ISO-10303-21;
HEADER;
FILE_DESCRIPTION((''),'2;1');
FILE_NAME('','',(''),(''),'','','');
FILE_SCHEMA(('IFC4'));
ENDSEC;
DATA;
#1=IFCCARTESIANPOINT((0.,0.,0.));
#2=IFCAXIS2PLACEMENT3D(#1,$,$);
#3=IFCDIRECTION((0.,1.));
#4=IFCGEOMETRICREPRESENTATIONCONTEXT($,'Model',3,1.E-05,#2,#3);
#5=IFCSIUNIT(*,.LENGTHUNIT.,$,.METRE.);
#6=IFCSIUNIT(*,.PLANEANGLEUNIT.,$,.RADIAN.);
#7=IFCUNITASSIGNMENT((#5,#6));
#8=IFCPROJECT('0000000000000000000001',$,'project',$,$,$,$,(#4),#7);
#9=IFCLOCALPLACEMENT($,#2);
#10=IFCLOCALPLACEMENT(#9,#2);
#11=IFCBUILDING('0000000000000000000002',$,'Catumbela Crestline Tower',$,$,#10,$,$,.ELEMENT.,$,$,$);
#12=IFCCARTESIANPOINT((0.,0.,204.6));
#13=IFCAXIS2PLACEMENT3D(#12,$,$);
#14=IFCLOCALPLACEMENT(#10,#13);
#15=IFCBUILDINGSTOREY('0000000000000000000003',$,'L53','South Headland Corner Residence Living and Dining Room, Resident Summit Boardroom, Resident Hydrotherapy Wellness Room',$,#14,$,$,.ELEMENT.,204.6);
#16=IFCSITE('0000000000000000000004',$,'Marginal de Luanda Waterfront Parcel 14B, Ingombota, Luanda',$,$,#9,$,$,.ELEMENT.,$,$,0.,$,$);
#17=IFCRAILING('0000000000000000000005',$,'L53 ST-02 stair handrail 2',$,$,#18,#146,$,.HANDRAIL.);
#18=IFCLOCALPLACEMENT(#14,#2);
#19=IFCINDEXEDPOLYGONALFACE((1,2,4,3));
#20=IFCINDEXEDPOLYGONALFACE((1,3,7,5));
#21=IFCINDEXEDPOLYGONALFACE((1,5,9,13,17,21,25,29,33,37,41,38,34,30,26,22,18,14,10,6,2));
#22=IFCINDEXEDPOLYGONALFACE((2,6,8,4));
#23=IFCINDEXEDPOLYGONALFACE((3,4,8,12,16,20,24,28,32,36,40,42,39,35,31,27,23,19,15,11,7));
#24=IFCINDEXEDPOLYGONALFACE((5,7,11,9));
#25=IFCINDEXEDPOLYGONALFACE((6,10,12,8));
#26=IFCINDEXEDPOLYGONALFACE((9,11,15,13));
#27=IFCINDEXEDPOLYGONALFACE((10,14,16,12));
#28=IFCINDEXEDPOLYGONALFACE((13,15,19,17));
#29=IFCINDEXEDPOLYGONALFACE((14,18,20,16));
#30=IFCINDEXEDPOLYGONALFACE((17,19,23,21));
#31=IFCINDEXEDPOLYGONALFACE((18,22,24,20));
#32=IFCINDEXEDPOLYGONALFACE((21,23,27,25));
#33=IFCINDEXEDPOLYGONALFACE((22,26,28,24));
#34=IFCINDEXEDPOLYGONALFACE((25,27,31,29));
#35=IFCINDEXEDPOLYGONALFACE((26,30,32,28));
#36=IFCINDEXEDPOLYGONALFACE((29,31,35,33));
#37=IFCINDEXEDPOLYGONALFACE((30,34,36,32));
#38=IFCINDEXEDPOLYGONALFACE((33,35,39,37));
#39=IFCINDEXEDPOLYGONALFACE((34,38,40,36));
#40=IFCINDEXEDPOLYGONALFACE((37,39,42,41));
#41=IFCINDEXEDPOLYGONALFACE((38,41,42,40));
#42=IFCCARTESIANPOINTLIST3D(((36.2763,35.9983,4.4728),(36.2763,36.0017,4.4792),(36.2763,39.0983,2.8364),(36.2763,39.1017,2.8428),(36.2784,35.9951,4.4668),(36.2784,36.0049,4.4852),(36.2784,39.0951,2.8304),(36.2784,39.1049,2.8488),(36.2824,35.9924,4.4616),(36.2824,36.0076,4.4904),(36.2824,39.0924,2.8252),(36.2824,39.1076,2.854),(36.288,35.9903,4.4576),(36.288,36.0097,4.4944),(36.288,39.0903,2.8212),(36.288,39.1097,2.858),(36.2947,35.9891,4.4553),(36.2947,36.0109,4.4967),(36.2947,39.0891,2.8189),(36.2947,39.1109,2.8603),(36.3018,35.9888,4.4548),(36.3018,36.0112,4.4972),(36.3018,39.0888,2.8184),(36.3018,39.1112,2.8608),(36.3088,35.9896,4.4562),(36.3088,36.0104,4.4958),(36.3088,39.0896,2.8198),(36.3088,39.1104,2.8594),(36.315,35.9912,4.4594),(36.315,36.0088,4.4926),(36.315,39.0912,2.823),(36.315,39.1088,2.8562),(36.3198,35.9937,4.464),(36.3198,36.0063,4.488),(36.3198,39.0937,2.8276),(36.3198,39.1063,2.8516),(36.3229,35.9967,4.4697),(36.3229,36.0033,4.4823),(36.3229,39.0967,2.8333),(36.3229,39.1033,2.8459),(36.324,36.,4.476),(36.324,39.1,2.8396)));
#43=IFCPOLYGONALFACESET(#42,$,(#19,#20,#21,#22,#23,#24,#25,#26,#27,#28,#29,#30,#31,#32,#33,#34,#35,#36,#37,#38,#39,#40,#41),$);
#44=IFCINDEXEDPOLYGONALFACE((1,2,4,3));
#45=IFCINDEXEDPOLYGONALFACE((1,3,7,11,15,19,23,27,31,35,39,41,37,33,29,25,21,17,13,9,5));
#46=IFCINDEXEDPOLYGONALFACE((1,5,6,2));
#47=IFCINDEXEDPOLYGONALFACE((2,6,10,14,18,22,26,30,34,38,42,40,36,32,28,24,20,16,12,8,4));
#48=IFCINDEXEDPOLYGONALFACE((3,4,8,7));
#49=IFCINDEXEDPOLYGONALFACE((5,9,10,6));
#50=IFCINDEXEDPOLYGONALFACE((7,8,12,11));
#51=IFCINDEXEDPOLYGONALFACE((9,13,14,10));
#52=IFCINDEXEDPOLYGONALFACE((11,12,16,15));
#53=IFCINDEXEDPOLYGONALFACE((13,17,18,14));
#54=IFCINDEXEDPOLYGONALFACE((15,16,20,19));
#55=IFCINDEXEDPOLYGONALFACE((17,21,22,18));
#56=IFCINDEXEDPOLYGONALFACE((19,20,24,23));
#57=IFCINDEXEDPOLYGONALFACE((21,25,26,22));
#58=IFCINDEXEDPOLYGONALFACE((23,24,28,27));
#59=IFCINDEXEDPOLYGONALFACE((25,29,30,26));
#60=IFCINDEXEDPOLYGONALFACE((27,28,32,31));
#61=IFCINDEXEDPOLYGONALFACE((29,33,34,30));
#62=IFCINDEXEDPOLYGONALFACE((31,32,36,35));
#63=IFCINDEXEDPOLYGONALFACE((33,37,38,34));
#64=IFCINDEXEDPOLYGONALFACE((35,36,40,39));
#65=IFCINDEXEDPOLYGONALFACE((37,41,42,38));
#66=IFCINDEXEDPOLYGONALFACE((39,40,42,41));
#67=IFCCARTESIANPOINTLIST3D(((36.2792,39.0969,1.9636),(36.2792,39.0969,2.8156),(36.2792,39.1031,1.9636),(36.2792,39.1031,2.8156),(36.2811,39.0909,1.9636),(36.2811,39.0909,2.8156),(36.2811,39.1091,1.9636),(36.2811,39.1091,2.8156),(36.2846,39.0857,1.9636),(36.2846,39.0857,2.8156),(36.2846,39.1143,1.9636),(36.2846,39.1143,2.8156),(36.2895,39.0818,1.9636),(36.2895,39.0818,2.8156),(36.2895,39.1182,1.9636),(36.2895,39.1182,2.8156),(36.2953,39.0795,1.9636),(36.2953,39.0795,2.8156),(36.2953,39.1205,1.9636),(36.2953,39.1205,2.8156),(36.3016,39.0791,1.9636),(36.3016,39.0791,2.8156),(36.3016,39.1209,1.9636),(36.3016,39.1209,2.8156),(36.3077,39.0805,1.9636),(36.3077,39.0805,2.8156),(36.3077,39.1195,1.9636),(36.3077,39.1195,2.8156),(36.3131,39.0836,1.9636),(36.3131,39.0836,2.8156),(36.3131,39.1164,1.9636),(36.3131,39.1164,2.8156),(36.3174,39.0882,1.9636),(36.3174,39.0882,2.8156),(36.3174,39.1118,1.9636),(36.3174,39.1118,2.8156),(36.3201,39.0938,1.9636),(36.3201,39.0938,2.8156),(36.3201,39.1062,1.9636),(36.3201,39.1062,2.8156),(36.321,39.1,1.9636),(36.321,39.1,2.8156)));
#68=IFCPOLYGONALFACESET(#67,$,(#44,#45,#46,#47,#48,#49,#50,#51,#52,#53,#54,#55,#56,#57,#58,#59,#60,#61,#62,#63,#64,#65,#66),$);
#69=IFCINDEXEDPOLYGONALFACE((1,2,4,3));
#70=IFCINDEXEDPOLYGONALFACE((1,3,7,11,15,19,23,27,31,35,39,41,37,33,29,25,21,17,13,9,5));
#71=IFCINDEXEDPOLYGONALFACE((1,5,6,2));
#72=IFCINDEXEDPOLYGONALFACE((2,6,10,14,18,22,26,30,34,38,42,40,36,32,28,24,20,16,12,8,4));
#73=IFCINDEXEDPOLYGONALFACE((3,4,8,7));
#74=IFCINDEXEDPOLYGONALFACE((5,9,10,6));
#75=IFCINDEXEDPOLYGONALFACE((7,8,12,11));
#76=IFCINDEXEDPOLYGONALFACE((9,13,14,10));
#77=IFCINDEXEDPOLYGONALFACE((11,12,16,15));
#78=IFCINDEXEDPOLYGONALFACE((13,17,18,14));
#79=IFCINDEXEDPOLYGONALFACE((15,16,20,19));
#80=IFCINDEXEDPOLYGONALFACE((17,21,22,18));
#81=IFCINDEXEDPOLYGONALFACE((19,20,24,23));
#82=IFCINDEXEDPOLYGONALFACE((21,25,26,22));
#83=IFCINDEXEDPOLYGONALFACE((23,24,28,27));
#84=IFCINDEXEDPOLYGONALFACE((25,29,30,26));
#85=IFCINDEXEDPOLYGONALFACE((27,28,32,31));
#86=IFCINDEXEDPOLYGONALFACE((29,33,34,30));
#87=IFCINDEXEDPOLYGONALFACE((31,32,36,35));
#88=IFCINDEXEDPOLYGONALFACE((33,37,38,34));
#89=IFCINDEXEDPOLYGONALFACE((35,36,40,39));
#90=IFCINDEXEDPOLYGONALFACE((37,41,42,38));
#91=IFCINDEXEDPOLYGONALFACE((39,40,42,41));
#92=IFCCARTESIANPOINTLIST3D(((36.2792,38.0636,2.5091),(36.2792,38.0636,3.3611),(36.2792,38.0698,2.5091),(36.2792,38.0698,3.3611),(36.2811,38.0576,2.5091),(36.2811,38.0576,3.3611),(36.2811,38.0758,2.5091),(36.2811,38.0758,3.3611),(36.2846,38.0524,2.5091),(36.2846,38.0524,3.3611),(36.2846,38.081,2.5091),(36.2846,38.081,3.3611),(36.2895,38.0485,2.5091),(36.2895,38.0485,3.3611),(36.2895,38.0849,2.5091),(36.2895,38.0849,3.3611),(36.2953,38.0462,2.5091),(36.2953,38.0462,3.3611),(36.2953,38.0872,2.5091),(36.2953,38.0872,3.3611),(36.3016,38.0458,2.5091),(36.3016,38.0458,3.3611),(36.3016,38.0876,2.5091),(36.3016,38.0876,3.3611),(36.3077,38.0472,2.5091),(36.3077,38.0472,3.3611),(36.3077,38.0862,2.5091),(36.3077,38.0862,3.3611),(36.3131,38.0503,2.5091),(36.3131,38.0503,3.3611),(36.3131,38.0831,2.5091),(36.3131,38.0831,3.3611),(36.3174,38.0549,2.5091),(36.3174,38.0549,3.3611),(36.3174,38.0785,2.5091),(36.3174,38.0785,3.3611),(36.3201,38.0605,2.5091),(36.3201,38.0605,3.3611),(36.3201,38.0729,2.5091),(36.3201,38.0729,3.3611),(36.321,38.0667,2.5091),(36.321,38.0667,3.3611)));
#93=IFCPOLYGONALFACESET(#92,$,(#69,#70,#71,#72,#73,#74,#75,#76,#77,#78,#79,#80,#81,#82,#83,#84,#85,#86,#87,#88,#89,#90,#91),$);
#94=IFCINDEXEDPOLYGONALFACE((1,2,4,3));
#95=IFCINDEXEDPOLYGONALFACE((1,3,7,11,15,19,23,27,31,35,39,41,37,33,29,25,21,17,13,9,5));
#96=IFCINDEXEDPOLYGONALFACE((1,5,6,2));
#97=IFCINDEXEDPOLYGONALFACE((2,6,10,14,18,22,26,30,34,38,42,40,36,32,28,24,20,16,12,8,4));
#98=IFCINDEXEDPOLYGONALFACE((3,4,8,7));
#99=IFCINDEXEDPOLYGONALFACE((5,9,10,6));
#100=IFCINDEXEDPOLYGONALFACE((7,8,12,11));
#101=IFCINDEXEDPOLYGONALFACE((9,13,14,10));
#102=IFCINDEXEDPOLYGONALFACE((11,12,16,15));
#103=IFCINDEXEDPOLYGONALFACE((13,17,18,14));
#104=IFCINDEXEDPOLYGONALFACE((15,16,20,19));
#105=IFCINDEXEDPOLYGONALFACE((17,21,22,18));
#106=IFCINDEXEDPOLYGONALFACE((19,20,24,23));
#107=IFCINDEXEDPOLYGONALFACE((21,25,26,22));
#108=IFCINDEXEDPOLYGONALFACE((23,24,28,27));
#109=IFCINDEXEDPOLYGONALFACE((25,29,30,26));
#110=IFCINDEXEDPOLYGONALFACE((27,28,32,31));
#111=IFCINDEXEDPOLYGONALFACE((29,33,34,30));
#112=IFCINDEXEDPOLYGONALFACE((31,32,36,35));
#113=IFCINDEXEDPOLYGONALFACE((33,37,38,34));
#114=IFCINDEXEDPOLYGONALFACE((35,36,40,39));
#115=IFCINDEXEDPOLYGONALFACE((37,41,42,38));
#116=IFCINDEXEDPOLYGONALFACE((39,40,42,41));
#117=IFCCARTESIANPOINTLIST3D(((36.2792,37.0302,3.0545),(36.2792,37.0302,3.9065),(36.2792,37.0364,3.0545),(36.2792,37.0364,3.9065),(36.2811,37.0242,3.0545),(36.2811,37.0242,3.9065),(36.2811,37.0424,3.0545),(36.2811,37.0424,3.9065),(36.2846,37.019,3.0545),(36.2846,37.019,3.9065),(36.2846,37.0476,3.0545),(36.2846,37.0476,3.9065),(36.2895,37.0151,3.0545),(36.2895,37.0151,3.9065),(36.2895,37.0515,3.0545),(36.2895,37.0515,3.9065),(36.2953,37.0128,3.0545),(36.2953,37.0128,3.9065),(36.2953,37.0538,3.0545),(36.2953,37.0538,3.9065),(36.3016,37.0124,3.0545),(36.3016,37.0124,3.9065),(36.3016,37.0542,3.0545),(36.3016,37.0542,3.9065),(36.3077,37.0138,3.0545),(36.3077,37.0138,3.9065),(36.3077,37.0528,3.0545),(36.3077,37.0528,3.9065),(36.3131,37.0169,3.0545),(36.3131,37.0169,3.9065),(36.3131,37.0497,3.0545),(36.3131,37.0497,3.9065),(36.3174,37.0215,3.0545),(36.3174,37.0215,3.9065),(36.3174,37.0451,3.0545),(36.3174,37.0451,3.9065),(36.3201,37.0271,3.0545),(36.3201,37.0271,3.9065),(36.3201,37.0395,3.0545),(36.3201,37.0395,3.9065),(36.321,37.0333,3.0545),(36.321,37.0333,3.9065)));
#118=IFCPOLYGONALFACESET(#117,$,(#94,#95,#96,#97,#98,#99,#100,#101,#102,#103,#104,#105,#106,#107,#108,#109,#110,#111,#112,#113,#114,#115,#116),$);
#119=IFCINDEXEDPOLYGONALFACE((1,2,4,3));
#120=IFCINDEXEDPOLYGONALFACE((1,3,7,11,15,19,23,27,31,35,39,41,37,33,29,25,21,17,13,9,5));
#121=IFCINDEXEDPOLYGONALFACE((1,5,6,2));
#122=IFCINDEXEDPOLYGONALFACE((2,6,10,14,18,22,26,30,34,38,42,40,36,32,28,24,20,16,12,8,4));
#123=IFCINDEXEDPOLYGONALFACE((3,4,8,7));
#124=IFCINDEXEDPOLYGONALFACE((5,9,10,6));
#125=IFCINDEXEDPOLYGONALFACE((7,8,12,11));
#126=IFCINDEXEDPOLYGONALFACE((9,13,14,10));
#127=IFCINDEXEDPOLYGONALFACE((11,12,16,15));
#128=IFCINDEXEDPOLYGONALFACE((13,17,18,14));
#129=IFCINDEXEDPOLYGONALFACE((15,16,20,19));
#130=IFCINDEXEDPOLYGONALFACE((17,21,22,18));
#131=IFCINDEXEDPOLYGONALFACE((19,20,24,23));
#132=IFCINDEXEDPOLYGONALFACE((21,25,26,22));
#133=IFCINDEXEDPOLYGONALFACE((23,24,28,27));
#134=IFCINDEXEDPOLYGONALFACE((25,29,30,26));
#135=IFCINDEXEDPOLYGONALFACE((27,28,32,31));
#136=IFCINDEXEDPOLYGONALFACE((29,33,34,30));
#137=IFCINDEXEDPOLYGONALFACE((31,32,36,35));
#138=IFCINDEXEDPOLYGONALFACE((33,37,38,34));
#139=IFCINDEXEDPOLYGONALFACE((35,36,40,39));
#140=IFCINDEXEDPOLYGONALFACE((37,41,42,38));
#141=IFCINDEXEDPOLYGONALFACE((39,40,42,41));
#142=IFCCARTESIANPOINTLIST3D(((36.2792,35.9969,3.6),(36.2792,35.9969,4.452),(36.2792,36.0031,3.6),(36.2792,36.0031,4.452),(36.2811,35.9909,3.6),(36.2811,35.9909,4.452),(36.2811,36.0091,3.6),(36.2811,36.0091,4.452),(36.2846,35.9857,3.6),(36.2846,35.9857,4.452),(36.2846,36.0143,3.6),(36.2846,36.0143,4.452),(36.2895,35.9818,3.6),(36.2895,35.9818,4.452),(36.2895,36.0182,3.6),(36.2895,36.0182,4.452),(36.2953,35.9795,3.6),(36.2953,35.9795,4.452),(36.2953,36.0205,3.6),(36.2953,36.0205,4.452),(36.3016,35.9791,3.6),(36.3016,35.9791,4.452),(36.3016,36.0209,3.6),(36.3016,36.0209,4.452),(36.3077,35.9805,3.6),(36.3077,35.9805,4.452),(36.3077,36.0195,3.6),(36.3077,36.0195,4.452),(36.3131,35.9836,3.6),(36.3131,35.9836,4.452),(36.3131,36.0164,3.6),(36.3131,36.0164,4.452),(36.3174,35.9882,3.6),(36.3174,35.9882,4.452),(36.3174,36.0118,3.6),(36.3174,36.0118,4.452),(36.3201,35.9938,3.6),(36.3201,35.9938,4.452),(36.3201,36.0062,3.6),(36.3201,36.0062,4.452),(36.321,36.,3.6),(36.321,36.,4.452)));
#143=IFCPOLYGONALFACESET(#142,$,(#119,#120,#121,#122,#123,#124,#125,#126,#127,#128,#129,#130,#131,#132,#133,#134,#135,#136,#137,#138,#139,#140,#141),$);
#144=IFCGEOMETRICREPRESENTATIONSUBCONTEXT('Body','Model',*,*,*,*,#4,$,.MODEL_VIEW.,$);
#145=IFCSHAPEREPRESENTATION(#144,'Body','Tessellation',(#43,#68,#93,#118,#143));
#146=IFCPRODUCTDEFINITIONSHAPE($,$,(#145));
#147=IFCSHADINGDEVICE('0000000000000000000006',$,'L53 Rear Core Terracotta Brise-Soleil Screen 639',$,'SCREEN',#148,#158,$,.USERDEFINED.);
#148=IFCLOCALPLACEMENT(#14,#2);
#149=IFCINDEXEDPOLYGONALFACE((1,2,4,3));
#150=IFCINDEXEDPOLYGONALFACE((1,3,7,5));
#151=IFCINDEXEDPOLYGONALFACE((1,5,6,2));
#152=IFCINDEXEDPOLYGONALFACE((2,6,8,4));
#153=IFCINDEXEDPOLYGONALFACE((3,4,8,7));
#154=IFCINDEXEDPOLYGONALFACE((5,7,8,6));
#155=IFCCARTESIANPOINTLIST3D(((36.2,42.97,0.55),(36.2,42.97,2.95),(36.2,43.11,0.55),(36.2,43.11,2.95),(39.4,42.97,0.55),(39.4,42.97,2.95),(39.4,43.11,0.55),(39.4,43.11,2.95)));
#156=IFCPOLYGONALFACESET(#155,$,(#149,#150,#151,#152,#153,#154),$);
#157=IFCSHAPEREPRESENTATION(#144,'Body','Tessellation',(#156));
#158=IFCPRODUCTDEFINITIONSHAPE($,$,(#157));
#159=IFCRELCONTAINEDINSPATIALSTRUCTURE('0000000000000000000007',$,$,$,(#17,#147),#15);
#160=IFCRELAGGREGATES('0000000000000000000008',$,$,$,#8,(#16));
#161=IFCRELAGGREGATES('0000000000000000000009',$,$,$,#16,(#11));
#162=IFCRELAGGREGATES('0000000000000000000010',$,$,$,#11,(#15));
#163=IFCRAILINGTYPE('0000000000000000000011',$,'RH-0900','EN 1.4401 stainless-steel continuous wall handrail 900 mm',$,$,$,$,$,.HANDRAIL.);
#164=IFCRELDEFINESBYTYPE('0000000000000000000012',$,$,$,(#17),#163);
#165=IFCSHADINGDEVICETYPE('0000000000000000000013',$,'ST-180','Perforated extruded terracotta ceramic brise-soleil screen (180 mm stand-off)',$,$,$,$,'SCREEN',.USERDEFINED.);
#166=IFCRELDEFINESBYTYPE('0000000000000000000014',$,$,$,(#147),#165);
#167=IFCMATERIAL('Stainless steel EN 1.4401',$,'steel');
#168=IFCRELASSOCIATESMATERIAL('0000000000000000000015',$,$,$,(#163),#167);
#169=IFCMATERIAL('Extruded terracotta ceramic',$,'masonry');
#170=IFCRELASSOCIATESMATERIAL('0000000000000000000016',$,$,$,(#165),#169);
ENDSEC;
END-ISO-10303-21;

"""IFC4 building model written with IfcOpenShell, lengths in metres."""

from ifc_helpers import new_model, si_unit, direction, frame, origin, origin_2d, place, context, subcontext, project, spatial, rectangle, circle, extrude, material, type_object, element, save


model = new_model("IFC4")

# Units and contexts
model_context = context("Model", 3, precision=1e-05, world=origin(), true_north=direction((0.0, 1.0)))
body_context = subcontext(model_context, "Body", "Model", "MODEL_VIEW")
ifc_project = project(units=[si_unit("LENGTHUNIT", "METRE"), si_unit("PLANEANGLEUNIT", "RADIAN")], contexts=[model_context])

# Site, building, storey
site_placement = place(None, origin())
site = spatial("IfcSite", under=ifc_project, at=site_placement, Name="Marginal de Luanda Waterfront Parcel 14B, Ingombota, Luanda", CompositionType="ELEMENT", RefElevation=0.0)
building_placement = place(site_placement, origin())
building = spatial("IfcBuilding", under=site, at=building_placement, Name="Catumbela Crestline Tower", CompositionType="ELEMENT")
storey_placement = place(building_placement, frame((0.0, 0.0, 204.6)))
storey = spatial("IfcBuildingStorey", under=building, at=storey_placement, Name="L53", Description="South Headland Corner Residence Living and Dining Room, Resident Summit Boardroom, Resident Hydrotherapy Wellness Room", CompositionType="ELEMENT", Elevation=204.6)

# Shared definitions
ifc_material_1 = material(Name="Stainless steel EN 1.4401", Category="steel")

# Railing
railing_type_1 = type_object("IfcRailingType", Name="RH-0900", Description="EN 1.4401 stainless-steel continuous wall handrail 900 mm", PredefinedType="HANDRAIL", material=ifc_material_1)
railing_1_placement = place(storey_placement, frame((36.3, 39.1, 1.9636)))
element("IfcRailing", 1, at=railing_1_placement, inside=storey, type_object=railing_type_1, Name="L53 ST-02 stair handrail 2", PredefinedType="HANDRAIL", context=body_context, shape_type="SweptSolid", body=[
    extrude(circle(Radius=0.024, at=origin_2d()), frame((0.0, 0.0, 0.876), z_axis=(0.0, -0.884351, 0.466823), x_axis=(1.0, 0.0, 0.0)), (0.0, 0.0, 1.0), 3.5054),
    extrude(circle(Radius=0.021, at=origin_2d()), origin(), (0.0, 0.0, 1.0), 0.852),
    extrude(circle(Radius=0.021, at=origin_2d()), frame((0.0, -1.0333, 0.5455)), (0.0, 0.0, 1.0), 0.852),
    extrude(circle(Radius=0.021, at=origin_2d()), frame((0.0, -2.0667, 1.0909)), (0.0, 0.0, 1.0), 0.852),
    extrude(circle(Radius=0.021, at=origin_2d()), frame((0.0, -3.1, 1.6364)), (0.0, 0.0, 1.0), 0.852),
])

# Shading device
ifc_material_2 = material(Name="Extruded terracotta ceramic", Category="masonry")
shading_device_type = type_object("IfcShadingDeviceType", Name="ST-180", Description="Perforated extruded terracotta ceramic brise-soleil screen (180 mm stand-off)", ElementType="SCREEN", PredefinedType="USERDEFINED", material=ifc_material_2)
shading_device_placement = place(storey_placement, frame((37.8, 43.04, 0.55), z_axis=(0.0, 0.0, 1.0), x_axis=(1.0, 0.0, 0.0)))
element("IfcShadingDevice", 2, at=shading_device_placement, inside=storey, type_object=shading_device_type, Name="L53 Rear Core Terracotta Brise-Soleil Screen 639", ObjectType="SCREEN", PredefinedType="USERDEFINED", context=body_context, shape_type="SweptSolid", body=[
    extrude(rectangle(XDim=3.2, YDim=0.14, at=origin_2d()), origin(), (0.0, 0.0, 1.0), 2.4),
])

save(model, "model.ifc")
